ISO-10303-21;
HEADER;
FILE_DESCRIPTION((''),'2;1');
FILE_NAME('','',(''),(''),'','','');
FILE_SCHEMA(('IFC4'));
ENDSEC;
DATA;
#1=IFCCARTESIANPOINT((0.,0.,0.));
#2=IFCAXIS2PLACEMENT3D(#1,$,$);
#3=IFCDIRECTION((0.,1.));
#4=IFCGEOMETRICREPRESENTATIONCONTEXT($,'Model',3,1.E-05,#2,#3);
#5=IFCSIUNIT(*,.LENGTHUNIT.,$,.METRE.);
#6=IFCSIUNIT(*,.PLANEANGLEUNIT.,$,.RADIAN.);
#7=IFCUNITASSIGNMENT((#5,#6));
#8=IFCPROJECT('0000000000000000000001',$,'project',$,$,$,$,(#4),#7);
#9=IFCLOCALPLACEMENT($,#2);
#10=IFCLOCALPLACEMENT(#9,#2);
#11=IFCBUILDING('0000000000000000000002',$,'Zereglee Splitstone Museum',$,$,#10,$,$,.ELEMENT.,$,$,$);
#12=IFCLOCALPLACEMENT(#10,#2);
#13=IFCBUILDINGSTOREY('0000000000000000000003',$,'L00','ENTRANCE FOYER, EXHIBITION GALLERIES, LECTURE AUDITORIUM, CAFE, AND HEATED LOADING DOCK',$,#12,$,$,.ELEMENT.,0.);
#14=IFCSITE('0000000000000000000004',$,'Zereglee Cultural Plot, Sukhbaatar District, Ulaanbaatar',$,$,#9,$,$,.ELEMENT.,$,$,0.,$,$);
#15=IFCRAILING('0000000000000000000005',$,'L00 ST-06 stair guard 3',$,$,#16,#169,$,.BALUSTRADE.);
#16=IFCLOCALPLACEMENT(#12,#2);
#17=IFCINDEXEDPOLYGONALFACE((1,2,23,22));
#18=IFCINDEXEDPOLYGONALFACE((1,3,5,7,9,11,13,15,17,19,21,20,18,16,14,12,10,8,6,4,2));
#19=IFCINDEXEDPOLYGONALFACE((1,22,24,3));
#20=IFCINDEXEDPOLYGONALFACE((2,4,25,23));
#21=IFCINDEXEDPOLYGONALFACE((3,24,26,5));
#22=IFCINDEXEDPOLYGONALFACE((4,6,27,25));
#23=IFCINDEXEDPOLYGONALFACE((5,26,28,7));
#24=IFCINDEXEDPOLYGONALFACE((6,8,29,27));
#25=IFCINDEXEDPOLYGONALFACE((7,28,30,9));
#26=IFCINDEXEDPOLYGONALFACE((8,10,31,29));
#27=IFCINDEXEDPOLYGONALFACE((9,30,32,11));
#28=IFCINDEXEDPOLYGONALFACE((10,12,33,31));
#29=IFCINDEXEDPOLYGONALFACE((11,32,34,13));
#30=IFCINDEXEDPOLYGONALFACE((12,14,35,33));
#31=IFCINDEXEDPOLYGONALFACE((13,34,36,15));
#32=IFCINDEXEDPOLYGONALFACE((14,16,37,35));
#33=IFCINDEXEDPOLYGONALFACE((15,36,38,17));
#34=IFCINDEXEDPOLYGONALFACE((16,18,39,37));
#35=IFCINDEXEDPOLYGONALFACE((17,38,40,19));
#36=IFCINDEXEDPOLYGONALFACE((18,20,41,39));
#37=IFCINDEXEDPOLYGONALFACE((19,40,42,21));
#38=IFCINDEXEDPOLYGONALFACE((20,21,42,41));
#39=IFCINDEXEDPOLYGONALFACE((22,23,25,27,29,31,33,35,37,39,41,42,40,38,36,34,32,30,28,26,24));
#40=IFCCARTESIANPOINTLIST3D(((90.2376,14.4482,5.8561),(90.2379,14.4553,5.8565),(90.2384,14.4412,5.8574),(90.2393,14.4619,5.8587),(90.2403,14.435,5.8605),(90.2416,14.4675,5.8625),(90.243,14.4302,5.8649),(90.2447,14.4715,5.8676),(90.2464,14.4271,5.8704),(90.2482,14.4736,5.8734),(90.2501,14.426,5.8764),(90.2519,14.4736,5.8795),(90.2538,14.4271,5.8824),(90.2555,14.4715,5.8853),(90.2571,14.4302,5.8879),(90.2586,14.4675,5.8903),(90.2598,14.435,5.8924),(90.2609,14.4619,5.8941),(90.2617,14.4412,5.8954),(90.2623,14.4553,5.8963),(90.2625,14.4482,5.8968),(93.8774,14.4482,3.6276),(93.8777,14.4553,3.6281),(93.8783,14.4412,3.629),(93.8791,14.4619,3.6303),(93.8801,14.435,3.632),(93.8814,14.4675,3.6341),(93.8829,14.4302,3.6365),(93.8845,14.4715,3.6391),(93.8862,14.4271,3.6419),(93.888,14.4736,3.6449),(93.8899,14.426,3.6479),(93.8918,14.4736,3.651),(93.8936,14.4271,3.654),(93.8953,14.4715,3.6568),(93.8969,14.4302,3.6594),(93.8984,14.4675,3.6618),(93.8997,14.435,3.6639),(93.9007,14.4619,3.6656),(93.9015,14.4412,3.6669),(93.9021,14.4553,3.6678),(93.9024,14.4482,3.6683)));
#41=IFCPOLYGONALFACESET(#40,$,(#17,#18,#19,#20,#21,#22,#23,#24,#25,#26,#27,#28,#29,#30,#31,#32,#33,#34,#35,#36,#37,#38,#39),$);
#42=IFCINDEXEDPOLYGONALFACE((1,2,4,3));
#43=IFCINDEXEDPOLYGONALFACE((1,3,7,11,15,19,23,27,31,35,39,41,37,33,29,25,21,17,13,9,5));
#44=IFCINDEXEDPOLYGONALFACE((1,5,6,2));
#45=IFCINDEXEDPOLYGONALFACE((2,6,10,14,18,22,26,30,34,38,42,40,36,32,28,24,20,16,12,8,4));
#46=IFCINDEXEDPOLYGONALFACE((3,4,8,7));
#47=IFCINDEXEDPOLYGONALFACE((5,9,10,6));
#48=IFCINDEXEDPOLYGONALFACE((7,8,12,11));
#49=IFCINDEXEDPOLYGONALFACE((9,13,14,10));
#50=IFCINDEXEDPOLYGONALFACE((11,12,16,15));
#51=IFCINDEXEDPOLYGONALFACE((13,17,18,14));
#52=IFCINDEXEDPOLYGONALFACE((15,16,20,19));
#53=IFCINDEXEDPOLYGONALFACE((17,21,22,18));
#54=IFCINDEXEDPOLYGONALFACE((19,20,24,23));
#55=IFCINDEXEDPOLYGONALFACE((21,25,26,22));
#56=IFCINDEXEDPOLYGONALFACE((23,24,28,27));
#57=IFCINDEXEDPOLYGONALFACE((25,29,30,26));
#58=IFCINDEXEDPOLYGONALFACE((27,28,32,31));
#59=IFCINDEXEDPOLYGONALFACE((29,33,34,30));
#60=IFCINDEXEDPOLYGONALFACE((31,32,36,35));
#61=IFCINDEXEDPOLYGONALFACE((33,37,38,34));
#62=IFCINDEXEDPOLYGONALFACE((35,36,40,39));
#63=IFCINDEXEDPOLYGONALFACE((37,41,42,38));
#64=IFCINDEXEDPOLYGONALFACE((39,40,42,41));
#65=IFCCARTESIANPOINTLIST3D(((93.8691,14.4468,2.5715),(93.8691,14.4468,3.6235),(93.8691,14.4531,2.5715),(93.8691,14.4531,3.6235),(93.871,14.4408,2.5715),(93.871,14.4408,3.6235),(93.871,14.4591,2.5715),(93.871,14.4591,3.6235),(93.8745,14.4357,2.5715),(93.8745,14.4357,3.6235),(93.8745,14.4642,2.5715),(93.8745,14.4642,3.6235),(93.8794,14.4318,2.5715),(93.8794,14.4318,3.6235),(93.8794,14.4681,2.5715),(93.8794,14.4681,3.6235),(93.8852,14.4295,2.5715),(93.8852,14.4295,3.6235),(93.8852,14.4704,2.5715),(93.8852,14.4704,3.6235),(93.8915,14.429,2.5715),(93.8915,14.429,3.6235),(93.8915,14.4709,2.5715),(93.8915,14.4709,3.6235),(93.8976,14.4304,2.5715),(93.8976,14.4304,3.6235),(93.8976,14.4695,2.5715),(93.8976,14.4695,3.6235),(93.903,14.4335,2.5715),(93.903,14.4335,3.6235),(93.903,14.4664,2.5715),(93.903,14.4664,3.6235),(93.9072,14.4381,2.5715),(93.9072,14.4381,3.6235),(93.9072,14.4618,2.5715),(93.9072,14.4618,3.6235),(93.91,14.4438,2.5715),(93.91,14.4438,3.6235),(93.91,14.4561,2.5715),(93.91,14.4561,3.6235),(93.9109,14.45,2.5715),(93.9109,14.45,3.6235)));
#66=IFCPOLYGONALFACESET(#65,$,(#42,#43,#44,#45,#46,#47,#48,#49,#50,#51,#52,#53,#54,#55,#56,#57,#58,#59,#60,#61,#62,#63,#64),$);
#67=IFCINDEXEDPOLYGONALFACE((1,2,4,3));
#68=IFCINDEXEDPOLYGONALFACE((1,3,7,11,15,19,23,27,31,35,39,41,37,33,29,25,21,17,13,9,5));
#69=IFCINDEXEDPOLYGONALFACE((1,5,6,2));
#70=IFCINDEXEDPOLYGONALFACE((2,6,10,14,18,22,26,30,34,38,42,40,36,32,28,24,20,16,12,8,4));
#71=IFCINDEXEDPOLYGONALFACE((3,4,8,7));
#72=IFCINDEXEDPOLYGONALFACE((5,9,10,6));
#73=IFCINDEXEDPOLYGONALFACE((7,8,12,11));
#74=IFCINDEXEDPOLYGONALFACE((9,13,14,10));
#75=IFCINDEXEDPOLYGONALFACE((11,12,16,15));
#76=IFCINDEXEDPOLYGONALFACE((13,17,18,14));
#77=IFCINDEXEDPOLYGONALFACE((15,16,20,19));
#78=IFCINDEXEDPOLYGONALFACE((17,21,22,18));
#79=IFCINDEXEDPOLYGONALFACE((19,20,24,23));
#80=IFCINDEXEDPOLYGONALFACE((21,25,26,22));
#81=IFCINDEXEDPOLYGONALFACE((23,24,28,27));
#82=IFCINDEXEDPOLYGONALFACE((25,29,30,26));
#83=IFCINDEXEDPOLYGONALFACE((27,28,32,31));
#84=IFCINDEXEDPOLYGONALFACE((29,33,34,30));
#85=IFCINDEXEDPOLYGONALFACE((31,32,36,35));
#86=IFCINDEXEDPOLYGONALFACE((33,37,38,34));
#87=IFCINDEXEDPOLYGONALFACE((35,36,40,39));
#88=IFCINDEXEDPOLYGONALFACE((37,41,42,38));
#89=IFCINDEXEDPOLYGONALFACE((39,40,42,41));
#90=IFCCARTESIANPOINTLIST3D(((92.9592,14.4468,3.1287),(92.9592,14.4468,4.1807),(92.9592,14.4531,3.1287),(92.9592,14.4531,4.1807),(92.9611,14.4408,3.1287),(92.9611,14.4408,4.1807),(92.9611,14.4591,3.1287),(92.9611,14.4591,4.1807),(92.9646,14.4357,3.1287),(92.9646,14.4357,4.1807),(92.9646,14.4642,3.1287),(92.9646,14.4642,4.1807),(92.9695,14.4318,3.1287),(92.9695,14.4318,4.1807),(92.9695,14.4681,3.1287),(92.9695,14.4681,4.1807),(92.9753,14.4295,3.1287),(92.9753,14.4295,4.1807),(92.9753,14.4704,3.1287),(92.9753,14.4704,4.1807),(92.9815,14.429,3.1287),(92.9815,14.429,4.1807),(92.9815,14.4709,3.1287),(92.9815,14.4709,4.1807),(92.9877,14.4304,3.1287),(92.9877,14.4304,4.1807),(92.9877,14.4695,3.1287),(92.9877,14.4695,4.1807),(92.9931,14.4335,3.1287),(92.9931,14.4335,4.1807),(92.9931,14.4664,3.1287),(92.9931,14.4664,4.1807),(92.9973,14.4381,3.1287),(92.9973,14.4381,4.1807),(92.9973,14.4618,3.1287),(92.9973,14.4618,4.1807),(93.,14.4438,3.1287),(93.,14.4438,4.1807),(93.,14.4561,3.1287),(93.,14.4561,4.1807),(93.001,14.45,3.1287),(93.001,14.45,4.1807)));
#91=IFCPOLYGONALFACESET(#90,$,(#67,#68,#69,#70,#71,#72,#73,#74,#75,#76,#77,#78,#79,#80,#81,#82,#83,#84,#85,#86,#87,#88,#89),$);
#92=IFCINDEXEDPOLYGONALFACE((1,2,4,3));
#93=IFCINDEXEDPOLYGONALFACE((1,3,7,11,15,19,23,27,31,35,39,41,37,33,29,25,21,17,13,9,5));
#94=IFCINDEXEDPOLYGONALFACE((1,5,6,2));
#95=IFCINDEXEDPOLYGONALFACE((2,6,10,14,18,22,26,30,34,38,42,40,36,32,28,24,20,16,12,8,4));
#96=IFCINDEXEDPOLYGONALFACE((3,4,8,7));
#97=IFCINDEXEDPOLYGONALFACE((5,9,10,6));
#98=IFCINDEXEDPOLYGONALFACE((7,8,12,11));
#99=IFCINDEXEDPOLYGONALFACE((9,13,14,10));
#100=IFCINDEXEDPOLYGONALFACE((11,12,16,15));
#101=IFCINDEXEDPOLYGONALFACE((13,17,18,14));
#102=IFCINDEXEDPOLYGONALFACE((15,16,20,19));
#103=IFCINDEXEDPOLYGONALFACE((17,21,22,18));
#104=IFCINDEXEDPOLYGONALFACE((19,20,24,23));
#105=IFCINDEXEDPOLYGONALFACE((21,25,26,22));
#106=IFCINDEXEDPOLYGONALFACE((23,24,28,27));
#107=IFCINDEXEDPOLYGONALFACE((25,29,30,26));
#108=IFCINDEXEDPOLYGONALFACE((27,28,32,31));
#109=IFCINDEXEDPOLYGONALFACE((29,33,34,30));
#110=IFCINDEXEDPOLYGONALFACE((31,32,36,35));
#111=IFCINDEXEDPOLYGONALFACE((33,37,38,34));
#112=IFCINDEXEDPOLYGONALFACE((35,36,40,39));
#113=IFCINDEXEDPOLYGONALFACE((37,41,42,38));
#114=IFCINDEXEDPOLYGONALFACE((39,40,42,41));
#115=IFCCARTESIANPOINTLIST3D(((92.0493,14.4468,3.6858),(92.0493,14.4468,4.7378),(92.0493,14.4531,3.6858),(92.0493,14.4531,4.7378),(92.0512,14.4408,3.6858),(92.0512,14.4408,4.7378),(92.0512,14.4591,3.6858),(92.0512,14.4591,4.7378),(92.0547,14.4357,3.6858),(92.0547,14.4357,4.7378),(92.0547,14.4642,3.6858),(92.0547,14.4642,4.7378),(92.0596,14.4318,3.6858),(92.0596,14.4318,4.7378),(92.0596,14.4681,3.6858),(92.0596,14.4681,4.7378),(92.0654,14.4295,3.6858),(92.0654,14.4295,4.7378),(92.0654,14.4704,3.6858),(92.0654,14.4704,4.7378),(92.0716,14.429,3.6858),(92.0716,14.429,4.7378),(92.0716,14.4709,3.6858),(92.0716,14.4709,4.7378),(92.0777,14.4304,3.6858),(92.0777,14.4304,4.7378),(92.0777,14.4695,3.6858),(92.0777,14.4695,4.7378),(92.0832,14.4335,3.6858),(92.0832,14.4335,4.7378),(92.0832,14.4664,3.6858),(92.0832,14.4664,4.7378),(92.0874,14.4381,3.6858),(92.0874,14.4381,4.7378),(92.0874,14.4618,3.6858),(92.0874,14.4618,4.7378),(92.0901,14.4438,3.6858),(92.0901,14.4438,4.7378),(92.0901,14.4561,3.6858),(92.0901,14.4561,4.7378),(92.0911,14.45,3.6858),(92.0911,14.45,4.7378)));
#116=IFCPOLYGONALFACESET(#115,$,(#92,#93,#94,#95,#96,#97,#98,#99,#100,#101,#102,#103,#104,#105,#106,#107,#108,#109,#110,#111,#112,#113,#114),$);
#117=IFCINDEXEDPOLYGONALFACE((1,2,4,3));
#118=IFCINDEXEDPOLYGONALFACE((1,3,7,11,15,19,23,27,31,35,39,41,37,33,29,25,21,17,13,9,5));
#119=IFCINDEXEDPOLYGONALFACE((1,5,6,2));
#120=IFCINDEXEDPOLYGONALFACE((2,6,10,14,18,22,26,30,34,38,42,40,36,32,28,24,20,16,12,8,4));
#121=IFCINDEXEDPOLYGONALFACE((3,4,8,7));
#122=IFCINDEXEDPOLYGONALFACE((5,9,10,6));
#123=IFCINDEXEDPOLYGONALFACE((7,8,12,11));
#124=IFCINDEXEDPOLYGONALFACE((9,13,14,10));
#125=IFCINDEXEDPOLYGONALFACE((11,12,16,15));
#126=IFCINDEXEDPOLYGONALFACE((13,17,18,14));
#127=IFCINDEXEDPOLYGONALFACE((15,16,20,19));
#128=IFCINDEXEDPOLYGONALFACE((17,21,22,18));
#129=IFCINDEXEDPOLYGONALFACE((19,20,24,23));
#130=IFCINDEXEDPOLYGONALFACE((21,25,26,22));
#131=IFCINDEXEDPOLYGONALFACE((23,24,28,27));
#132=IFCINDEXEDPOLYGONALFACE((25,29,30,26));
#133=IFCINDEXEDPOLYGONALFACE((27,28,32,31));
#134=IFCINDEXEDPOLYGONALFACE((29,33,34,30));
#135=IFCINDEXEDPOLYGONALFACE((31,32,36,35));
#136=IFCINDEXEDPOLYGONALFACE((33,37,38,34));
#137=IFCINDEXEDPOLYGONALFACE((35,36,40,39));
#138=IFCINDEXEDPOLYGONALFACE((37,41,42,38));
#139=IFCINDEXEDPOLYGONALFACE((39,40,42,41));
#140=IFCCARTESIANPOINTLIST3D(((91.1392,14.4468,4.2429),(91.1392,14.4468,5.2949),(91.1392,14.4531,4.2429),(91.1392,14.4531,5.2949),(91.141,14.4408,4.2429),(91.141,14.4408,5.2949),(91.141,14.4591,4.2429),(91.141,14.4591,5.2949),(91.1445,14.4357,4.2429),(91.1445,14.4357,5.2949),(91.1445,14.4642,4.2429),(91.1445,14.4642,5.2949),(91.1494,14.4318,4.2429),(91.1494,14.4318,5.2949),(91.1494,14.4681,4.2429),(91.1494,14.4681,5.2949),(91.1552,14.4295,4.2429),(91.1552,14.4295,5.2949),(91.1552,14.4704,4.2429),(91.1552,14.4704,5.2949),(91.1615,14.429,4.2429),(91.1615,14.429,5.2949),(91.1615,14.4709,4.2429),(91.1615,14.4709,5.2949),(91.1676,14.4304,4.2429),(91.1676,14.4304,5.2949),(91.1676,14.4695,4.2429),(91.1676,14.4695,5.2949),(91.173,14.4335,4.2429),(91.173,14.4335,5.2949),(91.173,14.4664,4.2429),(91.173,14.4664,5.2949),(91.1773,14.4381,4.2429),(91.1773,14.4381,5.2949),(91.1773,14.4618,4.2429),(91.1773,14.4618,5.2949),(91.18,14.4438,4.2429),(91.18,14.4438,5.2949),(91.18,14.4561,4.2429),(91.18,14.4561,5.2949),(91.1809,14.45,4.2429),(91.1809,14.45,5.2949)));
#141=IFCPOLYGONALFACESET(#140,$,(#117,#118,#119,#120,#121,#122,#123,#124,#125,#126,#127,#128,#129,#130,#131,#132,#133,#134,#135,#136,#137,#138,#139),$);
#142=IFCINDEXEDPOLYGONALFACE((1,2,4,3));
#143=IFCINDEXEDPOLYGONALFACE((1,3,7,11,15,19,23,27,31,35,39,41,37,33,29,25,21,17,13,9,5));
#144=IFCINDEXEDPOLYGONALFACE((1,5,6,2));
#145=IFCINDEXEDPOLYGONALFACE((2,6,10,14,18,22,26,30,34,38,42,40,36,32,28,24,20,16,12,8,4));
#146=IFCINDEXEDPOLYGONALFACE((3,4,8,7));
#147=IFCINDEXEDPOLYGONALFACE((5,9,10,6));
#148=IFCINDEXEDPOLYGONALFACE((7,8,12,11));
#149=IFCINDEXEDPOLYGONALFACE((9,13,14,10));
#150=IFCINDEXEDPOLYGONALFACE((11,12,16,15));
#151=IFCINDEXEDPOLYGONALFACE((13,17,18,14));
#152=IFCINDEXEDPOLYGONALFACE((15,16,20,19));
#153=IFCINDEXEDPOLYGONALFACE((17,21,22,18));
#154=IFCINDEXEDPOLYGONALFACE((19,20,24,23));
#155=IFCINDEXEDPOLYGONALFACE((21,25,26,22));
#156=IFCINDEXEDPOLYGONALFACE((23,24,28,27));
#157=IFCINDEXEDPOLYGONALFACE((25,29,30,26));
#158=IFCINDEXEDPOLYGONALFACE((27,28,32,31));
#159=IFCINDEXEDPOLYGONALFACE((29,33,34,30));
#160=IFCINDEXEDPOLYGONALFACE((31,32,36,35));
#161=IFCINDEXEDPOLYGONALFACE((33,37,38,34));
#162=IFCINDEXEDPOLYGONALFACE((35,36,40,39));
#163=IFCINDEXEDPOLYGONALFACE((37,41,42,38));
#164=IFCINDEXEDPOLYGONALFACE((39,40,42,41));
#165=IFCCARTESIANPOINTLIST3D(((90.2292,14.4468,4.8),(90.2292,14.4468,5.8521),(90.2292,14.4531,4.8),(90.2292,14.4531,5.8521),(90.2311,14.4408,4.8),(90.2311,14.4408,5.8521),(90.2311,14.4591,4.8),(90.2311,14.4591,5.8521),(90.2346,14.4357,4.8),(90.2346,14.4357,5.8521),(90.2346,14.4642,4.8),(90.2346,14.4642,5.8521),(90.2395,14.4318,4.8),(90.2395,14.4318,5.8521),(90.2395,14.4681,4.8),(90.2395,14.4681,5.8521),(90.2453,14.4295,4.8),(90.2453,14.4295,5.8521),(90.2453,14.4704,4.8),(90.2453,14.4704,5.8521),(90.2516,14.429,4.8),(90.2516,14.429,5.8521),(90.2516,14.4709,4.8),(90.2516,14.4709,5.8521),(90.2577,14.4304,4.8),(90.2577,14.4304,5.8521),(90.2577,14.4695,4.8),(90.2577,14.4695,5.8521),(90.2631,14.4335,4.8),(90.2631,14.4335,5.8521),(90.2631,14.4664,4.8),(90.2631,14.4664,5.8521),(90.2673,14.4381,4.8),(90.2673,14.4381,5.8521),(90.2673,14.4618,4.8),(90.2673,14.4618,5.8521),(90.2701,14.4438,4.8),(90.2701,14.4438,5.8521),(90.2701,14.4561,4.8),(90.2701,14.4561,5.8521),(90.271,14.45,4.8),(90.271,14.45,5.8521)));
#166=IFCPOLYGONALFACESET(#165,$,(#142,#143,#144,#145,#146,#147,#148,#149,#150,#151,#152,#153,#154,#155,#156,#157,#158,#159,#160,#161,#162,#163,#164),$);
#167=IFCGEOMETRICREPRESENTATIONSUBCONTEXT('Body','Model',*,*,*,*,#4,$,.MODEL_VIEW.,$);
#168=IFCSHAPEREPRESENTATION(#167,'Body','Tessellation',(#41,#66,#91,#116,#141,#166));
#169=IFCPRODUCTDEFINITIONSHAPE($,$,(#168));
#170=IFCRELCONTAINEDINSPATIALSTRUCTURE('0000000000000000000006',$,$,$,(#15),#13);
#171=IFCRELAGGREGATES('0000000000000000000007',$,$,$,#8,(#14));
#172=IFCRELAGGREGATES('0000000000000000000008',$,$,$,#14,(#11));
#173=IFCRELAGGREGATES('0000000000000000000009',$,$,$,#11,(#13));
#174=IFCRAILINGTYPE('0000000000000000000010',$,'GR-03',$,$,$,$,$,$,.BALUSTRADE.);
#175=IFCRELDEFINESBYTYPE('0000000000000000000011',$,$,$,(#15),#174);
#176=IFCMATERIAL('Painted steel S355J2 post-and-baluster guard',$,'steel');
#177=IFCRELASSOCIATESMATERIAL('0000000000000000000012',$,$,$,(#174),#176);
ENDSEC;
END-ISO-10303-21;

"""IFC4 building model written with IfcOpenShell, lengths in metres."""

from ifc_helpers import new_model, si_unit, direction, frame, origin, origin_2d, place, context, subcontext, project, spatial, circle, extrude, material, type_object, element, save


model = new_model("IFC4")

# Units and contexts
model_context = context("Model", 3, precision=1e-05, world=origin(), true_north=direction((0.0, 1.0)))
body_context = subcontext(model_context, "Body", "Model", "MODEL_VIEW")
ifc_project = project(units=[si_unit("LENGTHUNIT", "METRE"), si_unit("PLANEANGLEUNIT", "RADIAN")], contexts=[model_context])

# Site, building, storey
site_placement = place(None, origin())
site = spatial("IfcSite", under=ifc_project, at=site_placement, Name="Zereglee Cultural Plot, Sukhbaatar District, Ulaanbaatar", CompositionType="ELEMENT", RefElevation=0.0)
building_placement = place(site_placement, origin())
building = spatial("IfcBuilding", under=site, at=building_placement, Name="Zereglee Splitstone Museum", CompositionType="ELEMENT")
storey_placement = place(building_placement, origin())
storey = spatial("IfcBuildingStorey", under=building, at=storey_placement, Name="L00", Description="ENTRANCE FOYER, EXHIBITION GALLERIES, LECTURE AUDITORIUM, CAFE, AND HEATED LOADING DOCK", CompositionType="ELEMENT", Elevation=0.0)

# Railing
ifc_material_1 = material(Name="Painted steel S355J2 post-and-baluster guard", Category="steel")
railing_type_1 = type_object("IfcRailingType", Name="GR-03", PredefinedType="BALUSTRADE", material=ifc_material_1)
railing_1_placement = place(storey_placement, frame((93.8899, 14.45, 2.5715)))
element("IfcRailing", 1, at=railing_1_placement, inside=storey, type_object=railing_type_1, Name="L00 ST-06 stair guard 3", PredefinedType="BALUSTRADE", context=body_context, shape_type="SweptSolid", body=[
    extrude(circle(Radius=0.0239, at=origin_2d()), frame((0.0, 0.0, 1.0764), z_axis=(-0.85285, 0.0, 0.522156), x_axis=(0.0, -1.0, 0.0)), (0.0, 0.0, 1.0), 4.2678),
    extrude(circle(Radius=0.021, at=origin_2d()), origin(), (0.0, 0.0, 1.0), 1.052),
    extrude(circle(Radius=0.021, at=origin_2d()), frame((-0.9099, 0.0, 0.5571)), (0.0, 0.0, 1.0), 1.052),
    extrude(circle(Radius=0.021, at=origin_2d()), frame((-1.8198, 0.0, 1.1143)), (0.0, 0.0, 1.0), 1.052),
    extrude(circle(Radius=0.021, at=origin_2d()), frame((-2.73, 0.0, 1.6714)), (0.0, 0.0, 1.0), 1.052),
    extrude(circle(Radius=0.021, at=origin_2d()), frame((-3.6399, 0.0, 2.2285)), (0.0, 0.0, 1.0), 1.052),
])

save(model, "model.ifc")
